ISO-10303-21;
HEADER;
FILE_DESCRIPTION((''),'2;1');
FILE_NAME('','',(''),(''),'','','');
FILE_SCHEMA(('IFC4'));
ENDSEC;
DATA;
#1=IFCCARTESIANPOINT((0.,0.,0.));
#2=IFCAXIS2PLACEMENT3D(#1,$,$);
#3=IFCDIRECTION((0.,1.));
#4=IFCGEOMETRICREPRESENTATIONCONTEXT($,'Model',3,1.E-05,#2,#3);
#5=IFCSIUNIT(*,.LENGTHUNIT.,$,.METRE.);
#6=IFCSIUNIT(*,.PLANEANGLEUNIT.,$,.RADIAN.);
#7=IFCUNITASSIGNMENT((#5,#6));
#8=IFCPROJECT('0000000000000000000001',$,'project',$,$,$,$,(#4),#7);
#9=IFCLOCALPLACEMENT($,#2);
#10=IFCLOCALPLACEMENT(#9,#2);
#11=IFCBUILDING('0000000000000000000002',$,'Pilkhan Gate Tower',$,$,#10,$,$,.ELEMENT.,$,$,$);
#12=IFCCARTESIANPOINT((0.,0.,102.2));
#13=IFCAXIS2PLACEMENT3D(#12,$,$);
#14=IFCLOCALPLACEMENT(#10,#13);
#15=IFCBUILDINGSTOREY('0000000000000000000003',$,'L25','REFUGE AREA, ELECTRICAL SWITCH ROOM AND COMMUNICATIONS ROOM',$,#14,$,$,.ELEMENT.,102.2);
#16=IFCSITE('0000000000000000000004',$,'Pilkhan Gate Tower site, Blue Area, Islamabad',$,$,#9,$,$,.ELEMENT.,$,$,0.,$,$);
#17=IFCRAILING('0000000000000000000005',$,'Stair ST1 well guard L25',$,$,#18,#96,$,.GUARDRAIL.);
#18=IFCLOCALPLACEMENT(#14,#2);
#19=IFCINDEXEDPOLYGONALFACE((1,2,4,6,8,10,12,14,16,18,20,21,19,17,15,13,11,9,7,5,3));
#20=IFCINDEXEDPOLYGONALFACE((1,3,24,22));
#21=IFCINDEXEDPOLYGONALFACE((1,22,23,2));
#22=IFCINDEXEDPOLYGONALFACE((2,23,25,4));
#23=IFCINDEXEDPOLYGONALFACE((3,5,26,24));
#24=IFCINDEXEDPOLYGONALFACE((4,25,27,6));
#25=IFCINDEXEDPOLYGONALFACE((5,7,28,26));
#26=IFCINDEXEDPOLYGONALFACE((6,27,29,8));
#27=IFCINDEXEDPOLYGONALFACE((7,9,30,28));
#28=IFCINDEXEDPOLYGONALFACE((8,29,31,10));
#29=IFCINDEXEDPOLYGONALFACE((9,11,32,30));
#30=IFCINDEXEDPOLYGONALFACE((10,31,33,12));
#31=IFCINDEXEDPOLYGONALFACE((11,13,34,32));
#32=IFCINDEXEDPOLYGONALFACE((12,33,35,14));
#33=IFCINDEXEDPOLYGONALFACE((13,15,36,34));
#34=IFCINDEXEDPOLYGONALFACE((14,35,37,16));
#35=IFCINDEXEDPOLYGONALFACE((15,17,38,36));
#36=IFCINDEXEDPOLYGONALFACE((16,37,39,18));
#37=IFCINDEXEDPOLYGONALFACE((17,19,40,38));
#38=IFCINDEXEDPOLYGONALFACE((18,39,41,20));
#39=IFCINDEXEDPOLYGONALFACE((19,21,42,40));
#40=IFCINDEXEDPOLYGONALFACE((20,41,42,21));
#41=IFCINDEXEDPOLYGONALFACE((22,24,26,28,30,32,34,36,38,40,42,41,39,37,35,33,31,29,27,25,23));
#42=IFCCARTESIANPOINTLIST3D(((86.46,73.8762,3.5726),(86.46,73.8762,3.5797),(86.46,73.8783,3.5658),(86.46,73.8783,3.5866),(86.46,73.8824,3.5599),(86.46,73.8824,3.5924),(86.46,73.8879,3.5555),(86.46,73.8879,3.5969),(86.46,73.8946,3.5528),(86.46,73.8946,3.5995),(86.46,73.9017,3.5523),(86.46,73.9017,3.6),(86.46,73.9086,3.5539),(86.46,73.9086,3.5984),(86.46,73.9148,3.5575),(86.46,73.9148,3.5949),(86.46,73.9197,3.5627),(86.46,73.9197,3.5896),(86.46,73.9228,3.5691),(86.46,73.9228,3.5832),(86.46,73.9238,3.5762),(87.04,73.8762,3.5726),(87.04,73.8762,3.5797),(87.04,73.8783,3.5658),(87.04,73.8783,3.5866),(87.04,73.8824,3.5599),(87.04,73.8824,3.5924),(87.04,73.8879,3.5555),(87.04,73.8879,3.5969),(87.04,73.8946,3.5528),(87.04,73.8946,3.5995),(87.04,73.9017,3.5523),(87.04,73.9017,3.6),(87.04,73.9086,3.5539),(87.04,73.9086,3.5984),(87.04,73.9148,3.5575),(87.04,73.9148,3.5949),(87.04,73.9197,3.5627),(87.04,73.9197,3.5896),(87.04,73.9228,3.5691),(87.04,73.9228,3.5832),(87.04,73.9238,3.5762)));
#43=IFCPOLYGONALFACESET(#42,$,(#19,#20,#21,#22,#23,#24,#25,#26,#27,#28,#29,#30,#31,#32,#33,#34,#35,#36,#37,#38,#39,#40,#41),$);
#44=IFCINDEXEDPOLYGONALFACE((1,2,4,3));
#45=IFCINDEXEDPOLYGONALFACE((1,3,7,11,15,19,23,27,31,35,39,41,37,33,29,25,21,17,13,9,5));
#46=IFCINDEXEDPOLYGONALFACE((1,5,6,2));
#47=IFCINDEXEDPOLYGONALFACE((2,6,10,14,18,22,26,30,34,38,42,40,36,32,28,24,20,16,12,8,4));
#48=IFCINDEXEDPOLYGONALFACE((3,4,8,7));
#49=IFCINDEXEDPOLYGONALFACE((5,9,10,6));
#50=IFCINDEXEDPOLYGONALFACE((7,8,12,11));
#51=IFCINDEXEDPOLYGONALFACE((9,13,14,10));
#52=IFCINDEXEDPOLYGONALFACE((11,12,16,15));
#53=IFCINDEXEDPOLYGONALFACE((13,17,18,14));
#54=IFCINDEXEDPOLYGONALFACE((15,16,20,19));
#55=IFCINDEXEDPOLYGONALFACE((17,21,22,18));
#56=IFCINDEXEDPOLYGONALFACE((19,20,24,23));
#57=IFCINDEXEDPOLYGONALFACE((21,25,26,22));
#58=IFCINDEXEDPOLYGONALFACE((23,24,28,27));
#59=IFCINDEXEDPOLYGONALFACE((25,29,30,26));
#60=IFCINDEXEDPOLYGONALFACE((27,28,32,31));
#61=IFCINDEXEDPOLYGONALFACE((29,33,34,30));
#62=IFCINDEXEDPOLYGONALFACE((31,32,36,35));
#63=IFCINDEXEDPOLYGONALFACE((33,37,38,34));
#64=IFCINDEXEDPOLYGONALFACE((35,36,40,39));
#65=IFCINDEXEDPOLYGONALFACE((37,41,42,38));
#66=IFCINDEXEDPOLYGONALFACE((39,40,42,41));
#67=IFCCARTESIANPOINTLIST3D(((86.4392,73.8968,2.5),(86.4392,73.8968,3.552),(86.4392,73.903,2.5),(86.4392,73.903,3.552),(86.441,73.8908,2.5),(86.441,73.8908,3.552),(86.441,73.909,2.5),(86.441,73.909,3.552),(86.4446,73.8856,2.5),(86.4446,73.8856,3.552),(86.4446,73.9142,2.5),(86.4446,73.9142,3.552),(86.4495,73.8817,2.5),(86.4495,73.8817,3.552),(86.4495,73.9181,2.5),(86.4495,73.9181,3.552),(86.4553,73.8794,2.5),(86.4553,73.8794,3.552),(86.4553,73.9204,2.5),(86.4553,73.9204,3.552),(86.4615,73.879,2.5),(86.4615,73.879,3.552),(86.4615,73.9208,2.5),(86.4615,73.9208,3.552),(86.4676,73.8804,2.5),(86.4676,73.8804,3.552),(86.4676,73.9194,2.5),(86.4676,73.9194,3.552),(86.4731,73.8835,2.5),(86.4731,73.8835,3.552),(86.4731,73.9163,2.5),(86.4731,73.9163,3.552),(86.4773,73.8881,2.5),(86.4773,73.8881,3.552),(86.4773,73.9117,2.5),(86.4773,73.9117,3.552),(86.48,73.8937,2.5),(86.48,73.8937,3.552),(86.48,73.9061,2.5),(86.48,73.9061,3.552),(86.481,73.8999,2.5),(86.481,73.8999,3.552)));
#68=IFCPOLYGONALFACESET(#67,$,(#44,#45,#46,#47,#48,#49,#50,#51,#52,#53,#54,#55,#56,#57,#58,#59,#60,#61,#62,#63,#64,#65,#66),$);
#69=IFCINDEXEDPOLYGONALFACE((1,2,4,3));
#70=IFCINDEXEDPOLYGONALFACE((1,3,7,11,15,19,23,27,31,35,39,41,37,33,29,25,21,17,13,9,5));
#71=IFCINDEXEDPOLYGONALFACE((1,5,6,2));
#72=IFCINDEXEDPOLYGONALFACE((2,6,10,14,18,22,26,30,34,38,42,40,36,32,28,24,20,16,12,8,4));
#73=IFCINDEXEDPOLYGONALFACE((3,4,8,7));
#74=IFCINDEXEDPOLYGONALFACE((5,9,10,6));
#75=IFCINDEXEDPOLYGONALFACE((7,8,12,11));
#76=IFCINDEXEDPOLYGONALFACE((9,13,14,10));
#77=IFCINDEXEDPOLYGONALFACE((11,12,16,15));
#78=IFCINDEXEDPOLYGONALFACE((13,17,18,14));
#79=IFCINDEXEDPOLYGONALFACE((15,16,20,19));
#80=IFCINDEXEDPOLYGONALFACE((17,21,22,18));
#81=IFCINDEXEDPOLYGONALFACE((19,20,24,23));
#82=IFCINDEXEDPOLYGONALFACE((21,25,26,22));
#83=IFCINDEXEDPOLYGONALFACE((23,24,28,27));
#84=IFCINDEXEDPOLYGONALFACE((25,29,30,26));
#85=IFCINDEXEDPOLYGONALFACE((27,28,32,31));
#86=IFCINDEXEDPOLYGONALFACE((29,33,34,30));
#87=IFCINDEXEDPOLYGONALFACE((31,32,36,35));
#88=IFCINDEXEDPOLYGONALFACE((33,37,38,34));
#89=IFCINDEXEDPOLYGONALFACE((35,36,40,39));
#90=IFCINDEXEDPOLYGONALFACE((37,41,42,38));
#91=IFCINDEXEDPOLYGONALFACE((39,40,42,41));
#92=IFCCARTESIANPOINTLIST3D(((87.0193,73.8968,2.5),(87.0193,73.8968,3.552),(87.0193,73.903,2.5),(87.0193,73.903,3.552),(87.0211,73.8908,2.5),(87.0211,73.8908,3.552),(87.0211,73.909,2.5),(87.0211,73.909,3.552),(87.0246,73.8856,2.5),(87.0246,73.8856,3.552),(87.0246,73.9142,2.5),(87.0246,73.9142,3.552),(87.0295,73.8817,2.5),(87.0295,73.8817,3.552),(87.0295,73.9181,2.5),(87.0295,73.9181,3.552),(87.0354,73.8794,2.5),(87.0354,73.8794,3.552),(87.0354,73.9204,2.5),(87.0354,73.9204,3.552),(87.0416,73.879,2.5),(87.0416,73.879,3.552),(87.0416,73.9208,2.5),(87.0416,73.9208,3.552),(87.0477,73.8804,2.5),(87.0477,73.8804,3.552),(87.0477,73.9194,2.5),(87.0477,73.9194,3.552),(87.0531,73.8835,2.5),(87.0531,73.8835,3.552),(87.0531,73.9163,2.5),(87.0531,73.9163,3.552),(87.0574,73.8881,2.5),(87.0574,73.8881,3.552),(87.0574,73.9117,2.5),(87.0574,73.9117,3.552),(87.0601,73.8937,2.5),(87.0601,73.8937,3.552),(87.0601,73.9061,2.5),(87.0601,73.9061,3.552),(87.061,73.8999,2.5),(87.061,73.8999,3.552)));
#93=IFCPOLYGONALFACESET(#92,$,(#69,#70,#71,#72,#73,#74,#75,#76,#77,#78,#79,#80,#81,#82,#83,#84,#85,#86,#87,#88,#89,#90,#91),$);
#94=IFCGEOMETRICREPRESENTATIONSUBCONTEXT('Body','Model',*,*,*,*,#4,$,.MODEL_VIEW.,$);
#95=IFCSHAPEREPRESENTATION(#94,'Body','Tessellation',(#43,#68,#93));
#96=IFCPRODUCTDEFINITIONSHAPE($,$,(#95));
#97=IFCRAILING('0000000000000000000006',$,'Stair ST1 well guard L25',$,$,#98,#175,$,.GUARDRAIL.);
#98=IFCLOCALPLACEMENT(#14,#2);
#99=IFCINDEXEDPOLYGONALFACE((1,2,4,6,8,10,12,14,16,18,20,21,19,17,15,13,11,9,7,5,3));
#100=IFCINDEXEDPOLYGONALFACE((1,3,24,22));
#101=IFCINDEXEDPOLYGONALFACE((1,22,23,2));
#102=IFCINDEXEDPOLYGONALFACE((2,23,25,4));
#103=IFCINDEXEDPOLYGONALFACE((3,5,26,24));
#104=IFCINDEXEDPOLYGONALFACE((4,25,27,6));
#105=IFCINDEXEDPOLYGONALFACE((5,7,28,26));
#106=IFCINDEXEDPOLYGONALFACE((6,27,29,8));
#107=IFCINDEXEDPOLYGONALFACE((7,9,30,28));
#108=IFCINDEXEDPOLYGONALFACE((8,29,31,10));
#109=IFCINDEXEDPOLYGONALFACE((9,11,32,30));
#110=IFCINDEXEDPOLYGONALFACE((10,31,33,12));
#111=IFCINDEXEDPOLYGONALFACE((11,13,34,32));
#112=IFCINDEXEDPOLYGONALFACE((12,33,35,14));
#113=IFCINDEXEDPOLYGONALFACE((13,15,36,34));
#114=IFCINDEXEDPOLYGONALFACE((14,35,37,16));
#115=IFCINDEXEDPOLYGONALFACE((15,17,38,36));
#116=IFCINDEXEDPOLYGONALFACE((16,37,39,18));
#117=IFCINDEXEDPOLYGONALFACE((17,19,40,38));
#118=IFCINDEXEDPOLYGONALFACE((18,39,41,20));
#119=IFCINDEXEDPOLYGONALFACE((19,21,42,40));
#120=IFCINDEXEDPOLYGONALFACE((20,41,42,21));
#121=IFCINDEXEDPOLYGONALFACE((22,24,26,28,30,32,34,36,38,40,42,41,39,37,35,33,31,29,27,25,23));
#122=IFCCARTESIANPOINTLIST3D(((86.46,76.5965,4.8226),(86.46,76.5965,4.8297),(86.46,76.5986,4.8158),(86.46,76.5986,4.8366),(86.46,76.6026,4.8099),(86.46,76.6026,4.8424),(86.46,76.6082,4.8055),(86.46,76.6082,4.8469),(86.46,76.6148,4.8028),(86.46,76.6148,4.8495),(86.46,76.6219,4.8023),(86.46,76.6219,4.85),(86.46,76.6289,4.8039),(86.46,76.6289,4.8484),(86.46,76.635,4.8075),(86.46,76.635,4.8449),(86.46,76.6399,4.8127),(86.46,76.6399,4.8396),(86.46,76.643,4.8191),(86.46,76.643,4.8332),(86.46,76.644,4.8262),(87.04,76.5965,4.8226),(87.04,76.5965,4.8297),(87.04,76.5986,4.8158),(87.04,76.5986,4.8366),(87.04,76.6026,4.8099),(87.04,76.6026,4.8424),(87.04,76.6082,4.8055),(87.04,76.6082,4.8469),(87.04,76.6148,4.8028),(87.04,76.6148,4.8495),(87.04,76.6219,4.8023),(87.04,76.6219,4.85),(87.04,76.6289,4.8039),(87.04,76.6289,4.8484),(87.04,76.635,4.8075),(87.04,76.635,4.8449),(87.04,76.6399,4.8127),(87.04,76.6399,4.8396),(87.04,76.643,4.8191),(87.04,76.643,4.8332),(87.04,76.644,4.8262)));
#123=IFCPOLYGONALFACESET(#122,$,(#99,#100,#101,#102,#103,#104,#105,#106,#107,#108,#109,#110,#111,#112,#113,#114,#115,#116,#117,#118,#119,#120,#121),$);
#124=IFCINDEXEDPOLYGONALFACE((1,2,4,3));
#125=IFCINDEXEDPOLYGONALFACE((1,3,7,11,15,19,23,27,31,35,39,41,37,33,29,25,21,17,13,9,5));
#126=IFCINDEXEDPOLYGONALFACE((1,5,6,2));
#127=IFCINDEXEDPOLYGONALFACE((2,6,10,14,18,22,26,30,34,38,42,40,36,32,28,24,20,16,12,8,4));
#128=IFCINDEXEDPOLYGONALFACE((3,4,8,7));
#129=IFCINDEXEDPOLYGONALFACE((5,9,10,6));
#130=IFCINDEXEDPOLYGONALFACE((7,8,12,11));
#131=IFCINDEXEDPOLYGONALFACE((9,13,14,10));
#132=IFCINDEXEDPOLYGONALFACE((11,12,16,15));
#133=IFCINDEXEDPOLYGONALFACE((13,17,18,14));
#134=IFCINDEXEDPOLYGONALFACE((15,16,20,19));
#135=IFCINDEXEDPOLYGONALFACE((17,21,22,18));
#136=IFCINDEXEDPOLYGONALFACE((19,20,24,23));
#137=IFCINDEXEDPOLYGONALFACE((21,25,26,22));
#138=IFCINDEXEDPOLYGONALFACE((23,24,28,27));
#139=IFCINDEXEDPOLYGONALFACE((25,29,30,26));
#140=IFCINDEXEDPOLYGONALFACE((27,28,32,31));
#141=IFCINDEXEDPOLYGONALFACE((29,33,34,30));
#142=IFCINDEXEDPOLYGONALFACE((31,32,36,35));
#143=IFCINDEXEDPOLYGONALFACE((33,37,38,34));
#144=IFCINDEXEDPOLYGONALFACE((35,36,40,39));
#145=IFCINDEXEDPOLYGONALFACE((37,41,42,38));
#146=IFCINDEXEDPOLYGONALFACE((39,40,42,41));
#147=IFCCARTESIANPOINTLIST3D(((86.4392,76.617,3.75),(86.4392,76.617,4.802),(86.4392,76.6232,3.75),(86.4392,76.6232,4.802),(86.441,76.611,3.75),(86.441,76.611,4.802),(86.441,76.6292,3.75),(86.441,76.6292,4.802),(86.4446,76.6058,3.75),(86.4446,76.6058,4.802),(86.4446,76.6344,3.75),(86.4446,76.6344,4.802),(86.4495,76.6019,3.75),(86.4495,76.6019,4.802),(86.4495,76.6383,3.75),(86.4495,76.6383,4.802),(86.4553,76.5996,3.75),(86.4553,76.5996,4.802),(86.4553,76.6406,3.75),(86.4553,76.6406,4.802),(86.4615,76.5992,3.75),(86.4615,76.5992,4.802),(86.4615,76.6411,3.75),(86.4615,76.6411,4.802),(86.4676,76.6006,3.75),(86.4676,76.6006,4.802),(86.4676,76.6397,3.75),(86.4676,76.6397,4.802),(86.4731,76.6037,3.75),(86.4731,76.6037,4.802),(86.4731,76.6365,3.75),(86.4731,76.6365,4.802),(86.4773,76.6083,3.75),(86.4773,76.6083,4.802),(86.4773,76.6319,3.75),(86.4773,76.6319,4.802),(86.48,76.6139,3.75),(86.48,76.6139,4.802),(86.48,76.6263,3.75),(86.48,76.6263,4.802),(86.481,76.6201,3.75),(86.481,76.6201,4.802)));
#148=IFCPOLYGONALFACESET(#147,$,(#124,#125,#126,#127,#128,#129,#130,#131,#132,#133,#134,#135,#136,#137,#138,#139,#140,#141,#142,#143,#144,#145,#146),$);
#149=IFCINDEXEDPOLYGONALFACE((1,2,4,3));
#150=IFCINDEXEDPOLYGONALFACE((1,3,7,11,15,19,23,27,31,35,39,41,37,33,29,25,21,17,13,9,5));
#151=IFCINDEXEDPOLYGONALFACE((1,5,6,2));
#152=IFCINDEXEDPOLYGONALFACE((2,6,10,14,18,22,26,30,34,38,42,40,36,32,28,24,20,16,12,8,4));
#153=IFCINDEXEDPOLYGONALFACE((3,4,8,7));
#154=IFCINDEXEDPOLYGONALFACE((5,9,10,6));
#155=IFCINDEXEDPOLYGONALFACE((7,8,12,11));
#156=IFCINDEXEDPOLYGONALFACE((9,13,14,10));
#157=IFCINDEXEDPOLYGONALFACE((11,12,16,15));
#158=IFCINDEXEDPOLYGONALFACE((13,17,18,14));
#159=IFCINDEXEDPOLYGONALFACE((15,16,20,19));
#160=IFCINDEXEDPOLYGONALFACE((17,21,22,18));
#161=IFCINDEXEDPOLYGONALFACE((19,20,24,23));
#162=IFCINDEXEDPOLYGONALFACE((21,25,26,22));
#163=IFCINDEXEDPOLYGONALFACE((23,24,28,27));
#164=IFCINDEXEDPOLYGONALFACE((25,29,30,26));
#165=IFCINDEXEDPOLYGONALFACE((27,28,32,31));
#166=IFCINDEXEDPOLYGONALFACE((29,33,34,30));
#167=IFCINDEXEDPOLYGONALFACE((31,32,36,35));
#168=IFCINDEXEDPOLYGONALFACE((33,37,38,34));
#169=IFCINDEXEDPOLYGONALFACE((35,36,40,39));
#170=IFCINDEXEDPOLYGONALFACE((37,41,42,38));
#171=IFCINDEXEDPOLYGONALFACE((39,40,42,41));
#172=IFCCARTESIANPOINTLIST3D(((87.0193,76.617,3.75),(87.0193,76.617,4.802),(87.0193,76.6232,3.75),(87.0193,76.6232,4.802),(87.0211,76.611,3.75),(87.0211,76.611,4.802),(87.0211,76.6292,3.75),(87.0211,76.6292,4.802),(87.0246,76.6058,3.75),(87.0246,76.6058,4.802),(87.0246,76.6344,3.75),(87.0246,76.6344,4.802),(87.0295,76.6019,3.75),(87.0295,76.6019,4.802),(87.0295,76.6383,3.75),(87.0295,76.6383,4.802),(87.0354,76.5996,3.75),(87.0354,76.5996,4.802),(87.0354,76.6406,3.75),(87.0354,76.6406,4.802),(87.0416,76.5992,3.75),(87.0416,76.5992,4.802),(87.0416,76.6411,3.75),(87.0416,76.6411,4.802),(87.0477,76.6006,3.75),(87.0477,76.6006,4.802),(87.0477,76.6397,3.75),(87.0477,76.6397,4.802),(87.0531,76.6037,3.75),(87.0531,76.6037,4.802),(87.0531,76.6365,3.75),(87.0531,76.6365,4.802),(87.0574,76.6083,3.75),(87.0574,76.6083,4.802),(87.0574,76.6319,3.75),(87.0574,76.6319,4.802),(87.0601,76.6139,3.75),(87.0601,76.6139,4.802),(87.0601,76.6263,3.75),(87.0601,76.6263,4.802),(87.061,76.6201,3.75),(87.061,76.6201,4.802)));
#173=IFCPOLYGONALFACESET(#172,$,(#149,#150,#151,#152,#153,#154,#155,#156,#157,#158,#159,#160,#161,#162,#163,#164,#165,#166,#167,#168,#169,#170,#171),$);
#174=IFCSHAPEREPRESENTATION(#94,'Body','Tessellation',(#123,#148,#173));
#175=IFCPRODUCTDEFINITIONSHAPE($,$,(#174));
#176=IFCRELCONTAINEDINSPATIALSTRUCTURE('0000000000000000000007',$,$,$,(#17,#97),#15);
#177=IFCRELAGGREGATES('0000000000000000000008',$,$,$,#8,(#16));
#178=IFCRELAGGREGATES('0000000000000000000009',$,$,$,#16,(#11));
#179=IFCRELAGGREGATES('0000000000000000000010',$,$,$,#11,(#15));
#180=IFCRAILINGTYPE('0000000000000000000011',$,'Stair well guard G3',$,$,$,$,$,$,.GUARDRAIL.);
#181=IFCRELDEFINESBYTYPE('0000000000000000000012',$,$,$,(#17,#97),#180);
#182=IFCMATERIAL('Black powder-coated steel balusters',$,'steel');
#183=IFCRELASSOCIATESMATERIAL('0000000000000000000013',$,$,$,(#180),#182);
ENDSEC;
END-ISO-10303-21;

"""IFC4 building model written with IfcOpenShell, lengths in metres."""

from ifc_helpers import new_model, si_unit, direction, frame, origin, origin_2d, place, context, subcontext, project, spatial, circle, extrude, material, type_object, element, save


model = new_model("IFC4")

# Units and contexts
model_context = context("Model", 3, precision=1e-05, world=origin(), true_north=direction((0.0, 1.0)))
body_context = subcontext(model_context, "Body", "Model", "MODEL_VIEW")
ifc_project = project(units=[si_unit("LENGTHUNIT", "METRE"), si_unit("PLANEANGLEUNIT", "RADIAN")], contexts=[model_context])

# Site, building, storey
site_placement = place(None, origin())
site = spatial("IfcSite", under=ifc_project, at=site_placement, Name="Pilkhan Gate Tower site, Blue Area, Islamabad", CompositionType="ELEMENT", RefElevation=0.0)
building_placement = place(site_placement, origin())
building = spatial("IfcBuilding", under=site, at=building_placement, Name="Pilkhan Gate Tower", CompositionType="ELEMENT")
storey_placement = place(building_placement, frame((0.0, 0.0, 102.2)))
storey = spatial("IfcBuildingStorey", under=building, at=storey_placement, Name="L25", Description="REFUGE AREA, ELECTRICAL SWITCH ROOM AND COMMUNICATIONS ROOM", CompositionType="ELEMENT", Elevation=102.2)

# Railings
ifc_material_1 = material(Name="Black powder-coated steel balusters", Category="steel")
railing_type_1 = type_object("IfcRailingType", Name="Stair well guard G3", PredefinedType="GUARDRAIL", material=ifc_material_1)
for number, where, name in (
    (1, (86.46, 73.8999, 2.5), "Stair ST1 well guard L25"),
    (2, (86.46, 76.6201, 3.75), "Stair ST1 well guard L25"),
):
    element("IfcRailing", number, at=place(storey_placement, frame(where)), inside=storey, type_object=railing_type_1, Name=name, PredefinedType="GUARDRAIL", context=body_context, shape_type="SweptSolid", body=[
        extrude(circle(Radius=0.0239, at=origin_2d()), frame((0.0, 0.0, 1.0762), z_axis=(1.0, 0.0, 0.0), x_axis=(0.0, 1.0, 0.0)), (0.0, 0.0, 1.0), 0.5801),
        extrude(circle(Radius=0.021, at=origin_2d()), origin(), (0.0, 0.0, 1.0), 1.052),
        extrude(circle(Radius=0.021, at=origin_2d()), frame((0.5801, 0.0, 0.0)), (0.0, 0.0, 1.0), 1.052),
    ])

save(model, "model.ifc")
